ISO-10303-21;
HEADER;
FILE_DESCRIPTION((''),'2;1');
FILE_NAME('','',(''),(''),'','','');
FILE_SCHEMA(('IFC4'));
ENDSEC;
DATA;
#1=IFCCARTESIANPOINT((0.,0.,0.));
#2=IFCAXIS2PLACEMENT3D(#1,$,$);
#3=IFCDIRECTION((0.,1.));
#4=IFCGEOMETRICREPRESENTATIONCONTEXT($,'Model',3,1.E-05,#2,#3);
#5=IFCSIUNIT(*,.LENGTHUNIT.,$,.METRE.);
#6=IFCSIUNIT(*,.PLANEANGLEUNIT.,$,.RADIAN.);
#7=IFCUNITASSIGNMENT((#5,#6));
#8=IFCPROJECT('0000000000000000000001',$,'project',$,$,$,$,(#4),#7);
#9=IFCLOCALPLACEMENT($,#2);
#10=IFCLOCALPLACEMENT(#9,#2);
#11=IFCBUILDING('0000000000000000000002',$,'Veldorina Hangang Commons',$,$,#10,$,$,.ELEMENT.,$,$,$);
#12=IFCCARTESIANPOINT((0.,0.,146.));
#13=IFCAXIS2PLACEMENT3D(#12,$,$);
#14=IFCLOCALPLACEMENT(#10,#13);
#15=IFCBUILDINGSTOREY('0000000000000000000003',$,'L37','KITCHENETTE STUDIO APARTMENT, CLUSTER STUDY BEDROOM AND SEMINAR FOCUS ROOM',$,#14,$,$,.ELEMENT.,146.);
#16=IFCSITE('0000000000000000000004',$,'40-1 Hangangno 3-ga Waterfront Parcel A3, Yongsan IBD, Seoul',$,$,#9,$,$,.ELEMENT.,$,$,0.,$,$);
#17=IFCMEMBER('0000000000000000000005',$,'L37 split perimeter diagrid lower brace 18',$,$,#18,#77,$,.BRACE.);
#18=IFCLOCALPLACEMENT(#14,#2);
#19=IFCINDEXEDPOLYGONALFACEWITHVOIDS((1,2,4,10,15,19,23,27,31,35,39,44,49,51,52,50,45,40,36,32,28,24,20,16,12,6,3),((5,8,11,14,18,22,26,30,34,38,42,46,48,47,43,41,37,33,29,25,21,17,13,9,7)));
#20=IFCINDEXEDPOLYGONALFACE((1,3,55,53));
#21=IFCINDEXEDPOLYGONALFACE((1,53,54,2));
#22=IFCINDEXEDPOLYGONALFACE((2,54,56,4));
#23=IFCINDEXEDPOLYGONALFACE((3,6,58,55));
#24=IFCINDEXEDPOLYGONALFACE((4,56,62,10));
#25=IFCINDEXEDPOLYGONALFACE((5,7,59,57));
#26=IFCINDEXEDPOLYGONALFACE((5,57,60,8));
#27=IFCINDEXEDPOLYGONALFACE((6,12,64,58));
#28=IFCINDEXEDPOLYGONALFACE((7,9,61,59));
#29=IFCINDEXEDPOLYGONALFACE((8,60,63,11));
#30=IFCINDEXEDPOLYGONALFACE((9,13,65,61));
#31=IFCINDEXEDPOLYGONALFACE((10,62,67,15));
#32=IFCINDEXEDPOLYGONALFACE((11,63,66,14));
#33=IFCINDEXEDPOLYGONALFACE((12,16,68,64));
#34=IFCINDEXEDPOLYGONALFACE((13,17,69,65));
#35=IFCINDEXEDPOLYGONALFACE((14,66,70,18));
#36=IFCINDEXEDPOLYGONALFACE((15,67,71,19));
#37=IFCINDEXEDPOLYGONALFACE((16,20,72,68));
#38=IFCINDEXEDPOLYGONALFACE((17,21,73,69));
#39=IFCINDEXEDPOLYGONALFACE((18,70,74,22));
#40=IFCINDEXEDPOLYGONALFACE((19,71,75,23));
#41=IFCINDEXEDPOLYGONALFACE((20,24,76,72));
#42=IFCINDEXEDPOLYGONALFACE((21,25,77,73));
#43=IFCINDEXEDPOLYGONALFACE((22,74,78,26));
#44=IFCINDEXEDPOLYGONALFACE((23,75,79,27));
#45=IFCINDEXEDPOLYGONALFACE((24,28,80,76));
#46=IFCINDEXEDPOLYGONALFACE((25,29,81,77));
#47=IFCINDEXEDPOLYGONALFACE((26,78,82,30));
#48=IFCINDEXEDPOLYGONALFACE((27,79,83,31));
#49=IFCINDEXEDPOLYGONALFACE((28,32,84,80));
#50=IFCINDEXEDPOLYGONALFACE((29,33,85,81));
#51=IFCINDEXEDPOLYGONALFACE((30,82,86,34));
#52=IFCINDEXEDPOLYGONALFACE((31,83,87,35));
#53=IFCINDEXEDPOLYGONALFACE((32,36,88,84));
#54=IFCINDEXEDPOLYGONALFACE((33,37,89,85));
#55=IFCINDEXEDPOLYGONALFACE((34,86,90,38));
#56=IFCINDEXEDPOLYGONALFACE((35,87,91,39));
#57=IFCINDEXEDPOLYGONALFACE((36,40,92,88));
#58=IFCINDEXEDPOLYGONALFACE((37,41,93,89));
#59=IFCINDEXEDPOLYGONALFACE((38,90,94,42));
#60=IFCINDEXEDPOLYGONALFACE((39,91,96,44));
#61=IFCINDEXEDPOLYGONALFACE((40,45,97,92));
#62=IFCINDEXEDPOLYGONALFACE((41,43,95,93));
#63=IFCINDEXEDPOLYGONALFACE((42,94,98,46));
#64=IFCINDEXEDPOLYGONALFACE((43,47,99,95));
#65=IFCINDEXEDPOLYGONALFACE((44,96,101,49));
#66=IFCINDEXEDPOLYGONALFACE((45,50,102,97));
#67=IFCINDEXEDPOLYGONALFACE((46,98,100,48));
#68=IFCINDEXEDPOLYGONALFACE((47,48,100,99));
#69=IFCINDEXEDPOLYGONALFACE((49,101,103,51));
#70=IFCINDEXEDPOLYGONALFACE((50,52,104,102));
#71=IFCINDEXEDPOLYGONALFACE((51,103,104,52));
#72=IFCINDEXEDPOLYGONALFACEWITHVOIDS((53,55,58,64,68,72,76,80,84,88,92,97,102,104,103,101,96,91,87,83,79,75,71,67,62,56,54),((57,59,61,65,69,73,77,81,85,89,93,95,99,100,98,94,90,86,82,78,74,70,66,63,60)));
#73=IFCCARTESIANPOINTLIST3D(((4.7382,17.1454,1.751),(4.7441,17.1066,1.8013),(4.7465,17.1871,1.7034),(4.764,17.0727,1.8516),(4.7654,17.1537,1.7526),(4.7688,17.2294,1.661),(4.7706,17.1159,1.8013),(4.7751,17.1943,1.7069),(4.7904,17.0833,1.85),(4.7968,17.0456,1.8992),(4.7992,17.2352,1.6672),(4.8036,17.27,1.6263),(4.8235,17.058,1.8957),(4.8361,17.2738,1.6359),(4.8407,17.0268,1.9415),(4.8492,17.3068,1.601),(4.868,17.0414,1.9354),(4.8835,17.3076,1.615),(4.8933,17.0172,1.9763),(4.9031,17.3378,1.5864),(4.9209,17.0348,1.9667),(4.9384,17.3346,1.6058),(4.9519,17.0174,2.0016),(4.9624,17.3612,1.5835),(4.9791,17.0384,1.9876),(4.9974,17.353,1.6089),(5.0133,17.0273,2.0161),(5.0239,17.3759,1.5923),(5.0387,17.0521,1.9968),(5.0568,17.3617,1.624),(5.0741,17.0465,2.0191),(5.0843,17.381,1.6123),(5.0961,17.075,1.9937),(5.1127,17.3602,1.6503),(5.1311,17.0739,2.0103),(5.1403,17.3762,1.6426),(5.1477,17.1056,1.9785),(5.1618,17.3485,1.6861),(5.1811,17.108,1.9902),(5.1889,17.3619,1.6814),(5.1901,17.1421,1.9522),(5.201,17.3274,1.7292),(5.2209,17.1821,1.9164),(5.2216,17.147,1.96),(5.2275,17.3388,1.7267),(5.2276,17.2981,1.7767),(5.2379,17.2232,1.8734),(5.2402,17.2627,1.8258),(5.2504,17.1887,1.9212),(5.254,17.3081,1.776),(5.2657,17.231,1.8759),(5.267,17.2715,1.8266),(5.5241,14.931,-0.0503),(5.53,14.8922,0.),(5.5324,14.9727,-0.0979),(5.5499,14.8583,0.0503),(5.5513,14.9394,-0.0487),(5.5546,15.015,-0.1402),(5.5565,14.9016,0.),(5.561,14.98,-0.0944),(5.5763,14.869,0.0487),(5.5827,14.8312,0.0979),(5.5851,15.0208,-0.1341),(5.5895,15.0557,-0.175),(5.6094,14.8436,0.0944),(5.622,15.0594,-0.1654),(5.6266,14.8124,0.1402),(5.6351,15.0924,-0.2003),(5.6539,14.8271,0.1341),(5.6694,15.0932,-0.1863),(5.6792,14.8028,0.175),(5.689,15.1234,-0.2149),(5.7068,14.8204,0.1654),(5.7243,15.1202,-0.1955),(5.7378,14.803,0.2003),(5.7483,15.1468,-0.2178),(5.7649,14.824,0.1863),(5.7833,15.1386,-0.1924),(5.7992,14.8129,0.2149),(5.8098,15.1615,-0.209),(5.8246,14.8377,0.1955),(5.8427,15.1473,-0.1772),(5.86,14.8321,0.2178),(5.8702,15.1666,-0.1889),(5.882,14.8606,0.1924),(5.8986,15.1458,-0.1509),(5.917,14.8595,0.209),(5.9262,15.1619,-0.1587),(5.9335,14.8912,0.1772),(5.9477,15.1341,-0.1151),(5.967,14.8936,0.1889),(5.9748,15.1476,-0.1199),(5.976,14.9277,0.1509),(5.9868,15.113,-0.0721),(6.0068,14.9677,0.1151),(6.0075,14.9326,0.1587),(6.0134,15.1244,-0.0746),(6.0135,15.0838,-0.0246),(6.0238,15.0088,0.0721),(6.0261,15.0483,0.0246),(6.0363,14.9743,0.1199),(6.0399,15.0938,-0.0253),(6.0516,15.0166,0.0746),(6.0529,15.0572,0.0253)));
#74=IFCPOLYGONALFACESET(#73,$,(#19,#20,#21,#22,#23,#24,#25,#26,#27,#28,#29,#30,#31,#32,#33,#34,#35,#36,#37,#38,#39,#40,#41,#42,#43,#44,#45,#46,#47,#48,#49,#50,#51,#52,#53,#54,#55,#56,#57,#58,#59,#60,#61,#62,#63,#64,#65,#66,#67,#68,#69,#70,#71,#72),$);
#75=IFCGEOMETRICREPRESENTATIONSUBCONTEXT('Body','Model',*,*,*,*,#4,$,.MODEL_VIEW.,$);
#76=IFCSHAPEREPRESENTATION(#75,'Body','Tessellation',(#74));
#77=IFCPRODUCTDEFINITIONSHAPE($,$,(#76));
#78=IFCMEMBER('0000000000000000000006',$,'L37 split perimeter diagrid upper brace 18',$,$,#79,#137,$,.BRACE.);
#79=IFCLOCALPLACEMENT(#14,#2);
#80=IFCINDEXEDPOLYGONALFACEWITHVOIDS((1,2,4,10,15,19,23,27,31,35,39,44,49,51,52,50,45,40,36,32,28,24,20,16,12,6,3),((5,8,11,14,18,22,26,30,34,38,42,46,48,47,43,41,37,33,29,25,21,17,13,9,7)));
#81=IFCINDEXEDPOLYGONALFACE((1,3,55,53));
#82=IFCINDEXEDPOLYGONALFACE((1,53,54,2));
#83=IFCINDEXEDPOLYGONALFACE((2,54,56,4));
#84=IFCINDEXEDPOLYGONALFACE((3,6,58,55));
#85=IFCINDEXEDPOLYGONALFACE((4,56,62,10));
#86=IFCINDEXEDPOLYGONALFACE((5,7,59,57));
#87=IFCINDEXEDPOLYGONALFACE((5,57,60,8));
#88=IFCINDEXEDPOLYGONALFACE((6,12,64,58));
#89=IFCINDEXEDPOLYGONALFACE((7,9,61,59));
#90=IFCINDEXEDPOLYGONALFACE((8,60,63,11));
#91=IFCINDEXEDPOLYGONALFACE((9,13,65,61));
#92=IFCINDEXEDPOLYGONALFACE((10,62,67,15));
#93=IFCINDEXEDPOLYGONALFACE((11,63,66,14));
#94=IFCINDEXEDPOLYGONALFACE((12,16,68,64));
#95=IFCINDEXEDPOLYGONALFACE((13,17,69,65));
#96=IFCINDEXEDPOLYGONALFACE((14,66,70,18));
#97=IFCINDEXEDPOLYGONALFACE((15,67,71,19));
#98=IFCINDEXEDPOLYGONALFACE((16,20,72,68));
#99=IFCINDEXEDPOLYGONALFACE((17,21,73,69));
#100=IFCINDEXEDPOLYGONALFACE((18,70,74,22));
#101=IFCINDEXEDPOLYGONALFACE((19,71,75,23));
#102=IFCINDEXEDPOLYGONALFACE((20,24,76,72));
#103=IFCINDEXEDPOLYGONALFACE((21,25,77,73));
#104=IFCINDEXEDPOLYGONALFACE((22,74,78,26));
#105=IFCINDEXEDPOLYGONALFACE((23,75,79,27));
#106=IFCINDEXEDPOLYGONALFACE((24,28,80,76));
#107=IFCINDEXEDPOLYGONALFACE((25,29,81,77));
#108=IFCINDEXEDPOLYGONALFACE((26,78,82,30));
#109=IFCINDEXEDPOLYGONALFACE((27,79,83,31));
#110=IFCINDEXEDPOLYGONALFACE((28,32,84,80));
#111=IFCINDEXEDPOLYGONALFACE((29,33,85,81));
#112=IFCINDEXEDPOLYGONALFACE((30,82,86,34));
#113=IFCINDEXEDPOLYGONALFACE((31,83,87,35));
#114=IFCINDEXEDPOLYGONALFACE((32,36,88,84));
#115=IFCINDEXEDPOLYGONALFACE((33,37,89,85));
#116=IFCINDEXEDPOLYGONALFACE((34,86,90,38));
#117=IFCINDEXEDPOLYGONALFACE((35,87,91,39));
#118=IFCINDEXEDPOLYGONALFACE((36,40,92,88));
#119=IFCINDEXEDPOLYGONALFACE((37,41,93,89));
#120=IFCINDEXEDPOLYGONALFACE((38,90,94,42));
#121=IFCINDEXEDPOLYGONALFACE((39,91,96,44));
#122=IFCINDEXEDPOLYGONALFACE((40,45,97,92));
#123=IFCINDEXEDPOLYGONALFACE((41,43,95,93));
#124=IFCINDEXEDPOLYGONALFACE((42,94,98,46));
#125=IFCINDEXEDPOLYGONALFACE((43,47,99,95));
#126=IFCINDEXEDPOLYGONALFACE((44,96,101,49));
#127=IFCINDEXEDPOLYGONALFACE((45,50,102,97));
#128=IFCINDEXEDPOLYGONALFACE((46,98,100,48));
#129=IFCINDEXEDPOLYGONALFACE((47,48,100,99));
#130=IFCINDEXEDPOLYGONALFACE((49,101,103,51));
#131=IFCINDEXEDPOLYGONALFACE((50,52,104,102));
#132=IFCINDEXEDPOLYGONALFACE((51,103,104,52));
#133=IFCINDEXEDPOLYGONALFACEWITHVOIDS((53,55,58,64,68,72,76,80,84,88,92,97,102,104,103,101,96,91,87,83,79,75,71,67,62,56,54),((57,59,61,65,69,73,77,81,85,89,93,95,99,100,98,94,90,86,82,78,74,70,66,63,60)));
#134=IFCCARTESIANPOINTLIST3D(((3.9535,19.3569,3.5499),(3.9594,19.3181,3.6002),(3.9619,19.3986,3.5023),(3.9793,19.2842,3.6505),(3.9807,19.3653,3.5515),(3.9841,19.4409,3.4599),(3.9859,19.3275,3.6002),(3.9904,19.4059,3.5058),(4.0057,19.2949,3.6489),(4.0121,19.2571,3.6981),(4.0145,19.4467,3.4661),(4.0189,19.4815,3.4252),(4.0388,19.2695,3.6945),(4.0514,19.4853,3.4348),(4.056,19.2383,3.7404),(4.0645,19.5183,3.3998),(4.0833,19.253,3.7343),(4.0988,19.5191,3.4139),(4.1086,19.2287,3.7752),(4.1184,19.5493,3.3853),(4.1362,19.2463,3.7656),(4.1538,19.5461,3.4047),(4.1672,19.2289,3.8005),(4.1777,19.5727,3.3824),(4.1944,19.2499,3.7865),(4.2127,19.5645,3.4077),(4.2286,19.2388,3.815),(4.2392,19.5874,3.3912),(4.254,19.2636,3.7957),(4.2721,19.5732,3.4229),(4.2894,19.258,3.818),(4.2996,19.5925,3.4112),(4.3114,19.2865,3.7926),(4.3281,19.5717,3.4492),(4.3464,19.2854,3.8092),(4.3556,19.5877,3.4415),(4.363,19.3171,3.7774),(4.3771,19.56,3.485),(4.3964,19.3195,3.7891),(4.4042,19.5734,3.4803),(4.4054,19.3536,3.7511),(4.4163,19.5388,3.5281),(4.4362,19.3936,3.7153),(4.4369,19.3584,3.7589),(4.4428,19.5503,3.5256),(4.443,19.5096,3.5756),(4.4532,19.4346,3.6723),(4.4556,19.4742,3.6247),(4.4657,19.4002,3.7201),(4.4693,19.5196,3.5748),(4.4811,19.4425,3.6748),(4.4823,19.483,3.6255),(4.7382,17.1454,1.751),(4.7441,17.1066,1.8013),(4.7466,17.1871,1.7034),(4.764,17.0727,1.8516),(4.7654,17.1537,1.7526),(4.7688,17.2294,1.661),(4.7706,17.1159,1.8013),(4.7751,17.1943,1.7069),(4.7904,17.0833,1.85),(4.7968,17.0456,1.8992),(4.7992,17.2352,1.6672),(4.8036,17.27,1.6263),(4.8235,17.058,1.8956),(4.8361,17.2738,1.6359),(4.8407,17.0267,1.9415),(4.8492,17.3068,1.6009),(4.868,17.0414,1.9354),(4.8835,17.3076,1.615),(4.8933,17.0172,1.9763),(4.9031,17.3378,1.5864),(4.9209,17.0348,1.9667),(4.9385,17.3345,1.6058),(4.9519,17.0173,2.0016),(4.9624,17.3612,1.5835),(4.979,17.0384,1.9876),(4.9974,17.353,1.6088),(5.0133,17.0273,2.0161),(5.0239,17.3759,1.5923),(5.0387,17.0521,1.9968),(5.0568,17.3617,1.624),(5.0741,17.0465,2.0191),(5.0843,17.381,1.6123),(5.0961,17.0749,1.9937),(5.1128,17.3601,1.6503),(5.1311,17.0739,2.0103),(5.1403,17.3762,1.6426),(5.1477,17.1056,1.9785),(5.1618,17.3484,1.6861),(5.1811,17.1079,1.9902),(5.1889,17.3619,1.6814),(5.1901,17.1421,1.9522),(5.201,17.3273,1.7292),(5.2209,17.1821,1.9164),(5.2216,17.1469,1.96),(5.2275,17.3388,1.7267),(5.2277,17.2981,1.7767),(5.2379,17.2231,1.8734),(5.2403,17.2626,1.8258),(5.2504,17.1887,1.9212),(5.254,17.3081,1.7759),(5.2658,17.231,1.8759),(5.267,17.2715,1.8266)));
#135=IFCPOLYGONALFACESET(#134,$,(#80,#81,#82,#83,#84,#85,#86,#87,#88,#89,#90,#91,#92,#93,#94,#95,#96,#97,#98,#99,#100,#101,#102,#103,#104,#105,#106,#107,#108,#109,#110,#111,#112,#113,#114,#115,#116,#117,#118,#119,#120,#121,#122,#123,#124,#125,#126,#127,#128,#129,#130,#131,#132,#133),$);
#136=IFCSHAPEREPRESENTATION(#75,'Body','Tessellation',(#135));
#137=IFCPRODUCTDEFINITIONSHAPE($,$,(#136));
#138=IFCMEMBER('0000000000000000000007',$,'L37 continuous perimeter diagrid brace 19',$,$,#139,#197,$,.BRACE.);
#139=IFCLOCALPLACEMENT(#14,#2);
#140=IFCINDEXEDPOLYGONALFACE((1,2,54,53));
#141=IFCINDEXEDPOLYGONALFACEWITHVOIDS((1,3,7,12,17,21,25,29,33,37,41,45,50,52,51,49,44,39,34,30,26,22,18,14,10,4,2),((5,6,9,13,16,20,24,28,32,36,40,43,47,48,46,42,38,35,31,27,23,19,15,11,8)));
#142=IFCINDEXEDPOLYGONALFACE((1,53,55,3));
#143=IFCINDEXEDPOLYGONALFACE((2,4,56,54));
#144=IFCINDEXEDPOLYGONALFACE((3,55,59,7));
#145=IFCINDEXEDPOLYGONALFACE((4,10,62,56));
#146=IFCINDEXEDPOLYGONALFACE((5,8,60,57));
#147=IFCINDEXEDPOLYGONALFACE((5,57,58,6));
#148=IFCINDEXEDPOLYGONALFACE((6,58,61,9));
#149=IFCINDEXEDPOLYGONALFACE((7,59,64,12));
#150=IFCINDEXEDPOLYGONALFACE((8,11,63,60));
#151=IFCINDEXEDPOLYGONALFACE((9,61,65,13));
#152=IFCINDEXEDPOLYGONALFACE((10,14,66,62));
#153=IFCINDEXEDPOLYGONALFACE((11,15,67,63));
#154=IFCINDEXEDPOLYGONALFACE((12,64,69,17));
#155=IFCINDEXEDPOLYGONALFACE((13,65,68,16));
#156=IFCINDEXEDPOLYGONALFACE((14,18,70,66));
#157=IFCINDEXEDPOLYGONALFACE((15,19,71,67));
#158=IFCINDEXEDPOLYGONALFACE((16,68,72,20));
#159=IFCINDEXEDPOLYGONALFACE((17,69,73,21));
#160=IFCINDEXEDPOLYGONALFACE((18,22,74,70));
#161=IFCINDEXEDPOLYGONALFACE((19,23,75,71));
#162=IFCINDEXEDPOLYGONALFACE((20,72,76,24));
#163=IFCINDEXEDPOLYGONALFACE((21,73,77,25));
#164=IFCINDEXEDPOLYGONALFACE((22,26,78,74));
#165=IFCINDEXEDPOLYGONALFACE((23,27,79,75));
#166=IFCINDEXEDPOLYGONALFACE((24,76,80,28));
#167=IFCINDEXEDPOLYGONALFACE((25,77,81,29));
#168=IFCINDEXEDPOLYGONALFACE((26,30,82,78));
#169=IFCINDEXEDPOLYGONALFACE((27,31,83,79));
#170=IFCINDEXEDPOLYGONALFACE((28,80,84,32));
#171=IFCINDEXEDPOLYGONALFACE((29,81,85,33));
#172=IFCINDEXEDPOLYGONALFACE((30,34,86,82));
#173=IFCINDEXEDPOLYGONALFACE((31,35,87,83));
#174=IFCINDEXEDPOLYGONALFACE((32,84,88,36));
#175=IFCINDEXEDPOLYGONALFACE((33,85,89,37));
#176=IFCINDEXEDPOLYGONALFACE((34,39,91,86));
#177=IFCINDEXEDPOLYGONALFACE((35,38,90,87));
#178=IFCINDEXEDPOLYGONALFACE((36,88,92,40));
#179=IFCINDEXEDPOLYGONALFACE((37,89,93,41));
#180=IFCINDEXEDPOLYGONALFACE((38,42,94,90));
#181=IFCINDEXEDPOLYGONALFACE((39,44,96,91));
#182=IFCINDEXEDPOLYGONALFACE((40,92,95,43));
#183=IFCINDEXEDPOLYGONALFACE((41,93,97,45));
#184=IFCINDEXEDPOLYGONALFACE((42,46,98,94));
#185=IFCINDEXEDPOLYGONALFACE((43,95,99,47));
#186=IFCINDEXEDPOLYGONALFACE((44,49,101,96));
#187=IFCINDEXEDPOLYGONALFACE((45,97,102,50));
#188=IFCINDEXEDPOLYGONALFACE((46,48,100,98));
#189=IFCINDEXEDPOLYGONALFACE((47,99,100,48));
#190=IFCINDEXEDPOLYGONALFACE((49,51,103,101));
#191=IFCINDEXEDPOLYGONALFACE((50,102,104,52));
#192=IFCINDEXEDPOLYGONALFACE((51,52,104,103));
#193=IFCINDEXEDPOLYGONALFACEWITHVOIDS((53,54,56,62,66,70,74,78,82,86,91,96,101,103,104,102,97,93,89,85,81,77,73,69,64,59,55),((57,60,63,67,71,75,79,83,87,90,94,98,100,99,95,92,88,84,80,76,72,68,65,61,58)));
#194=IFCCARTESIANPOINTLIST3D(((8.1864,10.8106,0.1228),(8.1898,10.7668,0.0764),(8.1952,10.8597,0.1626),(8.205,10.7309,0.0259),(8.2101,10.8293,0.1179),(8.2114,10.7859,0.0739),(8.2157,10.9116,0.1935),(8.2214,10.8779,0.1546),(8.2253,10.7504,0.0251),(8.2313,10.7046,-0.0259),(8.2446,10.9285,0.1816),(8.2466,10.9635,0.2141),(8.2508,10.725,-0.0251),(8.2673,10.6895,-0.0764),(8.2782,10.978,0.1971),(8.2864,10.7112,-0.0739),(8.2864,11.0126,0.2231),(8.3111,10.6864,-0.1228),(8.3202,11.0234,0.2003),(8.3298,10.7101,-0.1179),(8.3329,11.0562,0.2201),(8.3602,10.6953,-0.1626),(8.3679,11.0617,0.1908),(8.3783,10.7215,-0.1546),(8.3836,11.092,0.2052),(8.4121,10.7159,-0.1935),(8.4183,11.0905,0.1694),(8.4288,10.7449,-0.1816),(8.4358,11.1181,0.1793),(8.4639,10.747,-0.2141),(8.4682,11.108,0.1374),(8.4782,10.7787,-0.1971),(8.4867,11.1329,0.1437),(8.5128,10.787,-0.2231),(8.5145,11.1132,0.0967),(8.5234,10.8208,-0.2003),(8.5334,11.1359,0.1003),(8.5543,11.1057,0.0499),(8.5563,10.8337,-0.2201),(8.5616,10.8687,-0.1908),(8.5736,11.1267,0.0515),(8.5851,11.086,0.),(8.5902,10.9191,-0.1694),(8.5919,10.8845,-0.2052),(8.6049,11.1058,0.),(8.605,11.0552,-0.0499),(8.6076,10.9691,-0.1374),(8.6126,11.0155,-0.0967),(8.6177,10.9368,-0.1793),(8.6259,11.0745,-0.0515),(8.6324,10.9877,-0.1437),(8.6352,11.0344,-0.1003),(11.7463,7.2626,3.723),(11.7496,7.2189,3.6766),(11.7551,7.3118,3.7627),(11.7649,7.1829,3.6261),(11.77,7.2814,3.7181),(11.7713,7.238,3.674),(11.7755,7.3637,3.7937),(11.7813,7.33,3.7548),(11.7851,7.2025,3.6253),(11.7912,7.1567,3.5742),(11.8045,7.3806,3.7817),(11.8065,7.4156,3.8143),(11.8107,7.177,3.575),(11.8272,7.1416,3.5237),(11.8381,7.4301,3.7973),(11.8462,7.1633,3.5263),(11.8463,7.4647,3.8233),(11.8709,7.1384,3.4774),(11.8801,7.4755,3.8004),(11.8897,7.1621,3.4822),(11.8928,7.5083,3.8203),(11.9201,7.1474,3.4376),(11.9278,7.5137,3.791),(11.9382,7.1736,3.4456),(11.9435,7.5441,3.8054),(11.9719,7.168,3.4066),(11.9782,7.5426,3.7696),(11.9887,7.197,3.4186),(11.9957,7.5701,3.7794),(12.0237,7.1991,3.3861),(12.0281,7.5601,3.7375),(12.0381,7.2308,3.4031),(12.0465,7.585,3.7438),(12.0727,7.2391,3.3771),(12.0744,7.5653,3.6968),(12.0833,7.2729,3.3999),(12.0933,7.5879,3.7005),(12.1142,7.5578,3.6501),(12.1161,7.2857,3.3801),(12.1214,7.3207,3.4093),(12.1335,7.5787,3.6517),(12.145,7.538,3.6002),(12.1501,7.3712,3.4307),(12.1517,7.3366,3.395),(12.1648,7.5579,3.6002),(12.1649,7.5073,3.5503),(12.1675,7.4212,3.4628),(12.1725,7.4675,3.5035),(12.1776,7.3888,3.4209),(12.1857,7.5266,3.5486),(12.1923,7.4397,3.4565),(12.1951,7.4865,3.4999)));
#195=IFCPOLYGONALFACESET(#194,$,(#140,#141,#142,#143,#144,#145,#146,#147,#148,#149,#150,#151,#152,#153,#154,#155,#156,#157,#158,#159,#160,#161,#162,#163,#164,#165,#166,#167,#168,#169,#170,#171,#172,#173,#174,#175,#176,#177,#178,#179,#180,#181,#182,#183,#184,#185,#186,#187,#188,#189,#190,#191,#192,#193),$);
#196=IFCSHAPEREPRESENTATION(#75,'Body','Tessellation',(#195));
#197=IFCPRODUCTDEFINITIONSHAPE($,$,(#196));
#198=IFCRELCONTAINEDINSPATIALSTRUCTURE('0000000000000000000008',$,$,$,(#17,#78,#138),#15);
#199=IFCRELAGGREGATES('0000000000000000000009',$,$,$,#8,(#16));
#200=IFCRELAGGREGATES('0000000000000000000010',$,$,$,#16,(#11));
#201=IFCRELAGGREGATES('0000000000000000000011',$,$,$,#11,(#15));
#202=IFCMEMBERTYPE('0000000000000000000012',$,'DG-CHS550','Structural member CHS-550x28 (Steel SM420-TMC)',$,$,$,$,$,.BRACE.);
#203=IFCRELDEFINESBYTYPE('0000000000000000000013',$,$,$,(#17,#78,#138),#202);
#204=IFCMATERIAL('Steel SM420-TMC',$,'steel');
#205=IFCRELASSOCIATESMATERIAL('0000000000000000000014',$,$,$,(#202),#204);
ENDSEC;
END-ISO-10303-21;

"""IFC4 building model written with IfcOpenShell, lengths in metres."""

from ifc_helpers import new_model, si_unit, direction, frame, origin, origin_2d, place, context, subcontext, project, spatial, hollow_circle, extrude, material, material_profile, profile_set, type_object, element, save


model = new_model("IFC4")

# Units and contexts
model_context = context("Model", 3, precision=1e-05, world=origin(), true_north=direction((0.0, 1.0)))
body_context = subcontext(model_context, "Body", "Model", "MODEL_VIEW")
ifc_project = project(units=[si_unit("LENGTHUNIT", "METRE"), si_unit("PLANEANGLEUNIT", "RADIAN")], contexts=[model_context])

# Site, building, storey
site_placement = place(None, origin())
site = spatial("IfcSite", under=ifc_project, at=site_placement, Name="40-1 Hangangno 3-ga Waterfront Parcel A3, Yongsan IBD, Seoul", CompositionType="ELEMENT", RefElevation=0.0)
building_placement = place(site_placement, origin())
building = spatial("IfcBuilding", under=site, at=building_placement, Name="Veldorina Hangang Commons", CompositionType="ELEMENT")
storey_placement = place(building_placement, frame((0.0, 0.0, 146.0)))
storey = spatial("IfcBuildingStorey", under=building, at=storey_placement, Name="L37", Description="KITCHENETTE STUDIO APARTMENT, CLUSTER STUDY BEDROOM AND SEMINAR FOCUS ROOM", CompositionType="ELEMENT", Elevation=146.0)

# Shared definitions
ifc_material_1 = material(Name="Steel SM420-TMC", Category="steel")

# Members
ifc_material_profile_1 = material_profile(ifc_material_1, hollow_circle(Radius=0.2749, WallThickness=0.0281, at=origin_2d()), Name="CHS-550x28")
ifc_profile_set_1 = profile_set([ifc_material_profile_1], Name="Steel SM420-TMC")
member_type = type_object("IfcMemberType", Name="DG-CHS550", Description="Structural member CHS-550x28 (Steel SM420-TMC)", PredefinedType="BRACE", material=ifc_profile_set_1)
member_1_placement = place(storey_placement, frame((5.7891, 14.9841, 0.0), z_axis=(-0.265443, 0.747924, 0.608399), x_axis=(-0.942408, -0.334466, 0.0)))
element("IfcMember", 1, at=member_1_placement, inside=storey, type_object=member_type, Name="L37 split perimeter diagrid lower brace 18", PredefinedType="BRACE", context=body_context, shape_type="SweptSolid", body=[
    extrude(hollow_circle(Radius=0.2749, WallThickness=0.0281, at=origin_2d()), origin(), (0.0, 0.0, 1.0), 2.9607),
])
member_2_placement = place(storey_placement, frame((5.0032, 17.1985, 1.8013), z_axis=(-0.265389, 0.747945, 0.608397), x_axis=(-0.942432, -0.334398, 0.0)))
element("IfcMember", 2, at=member_2_placement, inside=storey, type_object=member_type, Name="L37 split perimeter diagrid upper brace 18", PredefinedType="BRACE", context=body_context, shape_type="SweptSolid", body=[
    extrude(hollow_circle(Radius=0.2749, WallThickness=0.0281, at=origin_2d()), origin(), (0.0, 0.0, 1.0), 2.9568),
])
member_3_placement = place(storey_placement, frame((8.4109, 10.9111, 0.0), z_axis=(0.575812, -0.573877, 0.582328), x_axis=(0.705916, 0.708296, 0.0)))
element("IfcMember", 3, at=member_3_placement, inside=storey, type_object=member_type, Name="L37 continuous perimeter diagrid brace 19", PredefinedType="BRACE", context=body_context, shape_type="SweptSolid", body=[
    extrude(hollow_circle(Radius=0.2749, WallThickness=0.0281, at=origin_2d()), origin(), (0.0, 0.0, 1.0), 6.1824),
])

save(model, "model.ifc")
